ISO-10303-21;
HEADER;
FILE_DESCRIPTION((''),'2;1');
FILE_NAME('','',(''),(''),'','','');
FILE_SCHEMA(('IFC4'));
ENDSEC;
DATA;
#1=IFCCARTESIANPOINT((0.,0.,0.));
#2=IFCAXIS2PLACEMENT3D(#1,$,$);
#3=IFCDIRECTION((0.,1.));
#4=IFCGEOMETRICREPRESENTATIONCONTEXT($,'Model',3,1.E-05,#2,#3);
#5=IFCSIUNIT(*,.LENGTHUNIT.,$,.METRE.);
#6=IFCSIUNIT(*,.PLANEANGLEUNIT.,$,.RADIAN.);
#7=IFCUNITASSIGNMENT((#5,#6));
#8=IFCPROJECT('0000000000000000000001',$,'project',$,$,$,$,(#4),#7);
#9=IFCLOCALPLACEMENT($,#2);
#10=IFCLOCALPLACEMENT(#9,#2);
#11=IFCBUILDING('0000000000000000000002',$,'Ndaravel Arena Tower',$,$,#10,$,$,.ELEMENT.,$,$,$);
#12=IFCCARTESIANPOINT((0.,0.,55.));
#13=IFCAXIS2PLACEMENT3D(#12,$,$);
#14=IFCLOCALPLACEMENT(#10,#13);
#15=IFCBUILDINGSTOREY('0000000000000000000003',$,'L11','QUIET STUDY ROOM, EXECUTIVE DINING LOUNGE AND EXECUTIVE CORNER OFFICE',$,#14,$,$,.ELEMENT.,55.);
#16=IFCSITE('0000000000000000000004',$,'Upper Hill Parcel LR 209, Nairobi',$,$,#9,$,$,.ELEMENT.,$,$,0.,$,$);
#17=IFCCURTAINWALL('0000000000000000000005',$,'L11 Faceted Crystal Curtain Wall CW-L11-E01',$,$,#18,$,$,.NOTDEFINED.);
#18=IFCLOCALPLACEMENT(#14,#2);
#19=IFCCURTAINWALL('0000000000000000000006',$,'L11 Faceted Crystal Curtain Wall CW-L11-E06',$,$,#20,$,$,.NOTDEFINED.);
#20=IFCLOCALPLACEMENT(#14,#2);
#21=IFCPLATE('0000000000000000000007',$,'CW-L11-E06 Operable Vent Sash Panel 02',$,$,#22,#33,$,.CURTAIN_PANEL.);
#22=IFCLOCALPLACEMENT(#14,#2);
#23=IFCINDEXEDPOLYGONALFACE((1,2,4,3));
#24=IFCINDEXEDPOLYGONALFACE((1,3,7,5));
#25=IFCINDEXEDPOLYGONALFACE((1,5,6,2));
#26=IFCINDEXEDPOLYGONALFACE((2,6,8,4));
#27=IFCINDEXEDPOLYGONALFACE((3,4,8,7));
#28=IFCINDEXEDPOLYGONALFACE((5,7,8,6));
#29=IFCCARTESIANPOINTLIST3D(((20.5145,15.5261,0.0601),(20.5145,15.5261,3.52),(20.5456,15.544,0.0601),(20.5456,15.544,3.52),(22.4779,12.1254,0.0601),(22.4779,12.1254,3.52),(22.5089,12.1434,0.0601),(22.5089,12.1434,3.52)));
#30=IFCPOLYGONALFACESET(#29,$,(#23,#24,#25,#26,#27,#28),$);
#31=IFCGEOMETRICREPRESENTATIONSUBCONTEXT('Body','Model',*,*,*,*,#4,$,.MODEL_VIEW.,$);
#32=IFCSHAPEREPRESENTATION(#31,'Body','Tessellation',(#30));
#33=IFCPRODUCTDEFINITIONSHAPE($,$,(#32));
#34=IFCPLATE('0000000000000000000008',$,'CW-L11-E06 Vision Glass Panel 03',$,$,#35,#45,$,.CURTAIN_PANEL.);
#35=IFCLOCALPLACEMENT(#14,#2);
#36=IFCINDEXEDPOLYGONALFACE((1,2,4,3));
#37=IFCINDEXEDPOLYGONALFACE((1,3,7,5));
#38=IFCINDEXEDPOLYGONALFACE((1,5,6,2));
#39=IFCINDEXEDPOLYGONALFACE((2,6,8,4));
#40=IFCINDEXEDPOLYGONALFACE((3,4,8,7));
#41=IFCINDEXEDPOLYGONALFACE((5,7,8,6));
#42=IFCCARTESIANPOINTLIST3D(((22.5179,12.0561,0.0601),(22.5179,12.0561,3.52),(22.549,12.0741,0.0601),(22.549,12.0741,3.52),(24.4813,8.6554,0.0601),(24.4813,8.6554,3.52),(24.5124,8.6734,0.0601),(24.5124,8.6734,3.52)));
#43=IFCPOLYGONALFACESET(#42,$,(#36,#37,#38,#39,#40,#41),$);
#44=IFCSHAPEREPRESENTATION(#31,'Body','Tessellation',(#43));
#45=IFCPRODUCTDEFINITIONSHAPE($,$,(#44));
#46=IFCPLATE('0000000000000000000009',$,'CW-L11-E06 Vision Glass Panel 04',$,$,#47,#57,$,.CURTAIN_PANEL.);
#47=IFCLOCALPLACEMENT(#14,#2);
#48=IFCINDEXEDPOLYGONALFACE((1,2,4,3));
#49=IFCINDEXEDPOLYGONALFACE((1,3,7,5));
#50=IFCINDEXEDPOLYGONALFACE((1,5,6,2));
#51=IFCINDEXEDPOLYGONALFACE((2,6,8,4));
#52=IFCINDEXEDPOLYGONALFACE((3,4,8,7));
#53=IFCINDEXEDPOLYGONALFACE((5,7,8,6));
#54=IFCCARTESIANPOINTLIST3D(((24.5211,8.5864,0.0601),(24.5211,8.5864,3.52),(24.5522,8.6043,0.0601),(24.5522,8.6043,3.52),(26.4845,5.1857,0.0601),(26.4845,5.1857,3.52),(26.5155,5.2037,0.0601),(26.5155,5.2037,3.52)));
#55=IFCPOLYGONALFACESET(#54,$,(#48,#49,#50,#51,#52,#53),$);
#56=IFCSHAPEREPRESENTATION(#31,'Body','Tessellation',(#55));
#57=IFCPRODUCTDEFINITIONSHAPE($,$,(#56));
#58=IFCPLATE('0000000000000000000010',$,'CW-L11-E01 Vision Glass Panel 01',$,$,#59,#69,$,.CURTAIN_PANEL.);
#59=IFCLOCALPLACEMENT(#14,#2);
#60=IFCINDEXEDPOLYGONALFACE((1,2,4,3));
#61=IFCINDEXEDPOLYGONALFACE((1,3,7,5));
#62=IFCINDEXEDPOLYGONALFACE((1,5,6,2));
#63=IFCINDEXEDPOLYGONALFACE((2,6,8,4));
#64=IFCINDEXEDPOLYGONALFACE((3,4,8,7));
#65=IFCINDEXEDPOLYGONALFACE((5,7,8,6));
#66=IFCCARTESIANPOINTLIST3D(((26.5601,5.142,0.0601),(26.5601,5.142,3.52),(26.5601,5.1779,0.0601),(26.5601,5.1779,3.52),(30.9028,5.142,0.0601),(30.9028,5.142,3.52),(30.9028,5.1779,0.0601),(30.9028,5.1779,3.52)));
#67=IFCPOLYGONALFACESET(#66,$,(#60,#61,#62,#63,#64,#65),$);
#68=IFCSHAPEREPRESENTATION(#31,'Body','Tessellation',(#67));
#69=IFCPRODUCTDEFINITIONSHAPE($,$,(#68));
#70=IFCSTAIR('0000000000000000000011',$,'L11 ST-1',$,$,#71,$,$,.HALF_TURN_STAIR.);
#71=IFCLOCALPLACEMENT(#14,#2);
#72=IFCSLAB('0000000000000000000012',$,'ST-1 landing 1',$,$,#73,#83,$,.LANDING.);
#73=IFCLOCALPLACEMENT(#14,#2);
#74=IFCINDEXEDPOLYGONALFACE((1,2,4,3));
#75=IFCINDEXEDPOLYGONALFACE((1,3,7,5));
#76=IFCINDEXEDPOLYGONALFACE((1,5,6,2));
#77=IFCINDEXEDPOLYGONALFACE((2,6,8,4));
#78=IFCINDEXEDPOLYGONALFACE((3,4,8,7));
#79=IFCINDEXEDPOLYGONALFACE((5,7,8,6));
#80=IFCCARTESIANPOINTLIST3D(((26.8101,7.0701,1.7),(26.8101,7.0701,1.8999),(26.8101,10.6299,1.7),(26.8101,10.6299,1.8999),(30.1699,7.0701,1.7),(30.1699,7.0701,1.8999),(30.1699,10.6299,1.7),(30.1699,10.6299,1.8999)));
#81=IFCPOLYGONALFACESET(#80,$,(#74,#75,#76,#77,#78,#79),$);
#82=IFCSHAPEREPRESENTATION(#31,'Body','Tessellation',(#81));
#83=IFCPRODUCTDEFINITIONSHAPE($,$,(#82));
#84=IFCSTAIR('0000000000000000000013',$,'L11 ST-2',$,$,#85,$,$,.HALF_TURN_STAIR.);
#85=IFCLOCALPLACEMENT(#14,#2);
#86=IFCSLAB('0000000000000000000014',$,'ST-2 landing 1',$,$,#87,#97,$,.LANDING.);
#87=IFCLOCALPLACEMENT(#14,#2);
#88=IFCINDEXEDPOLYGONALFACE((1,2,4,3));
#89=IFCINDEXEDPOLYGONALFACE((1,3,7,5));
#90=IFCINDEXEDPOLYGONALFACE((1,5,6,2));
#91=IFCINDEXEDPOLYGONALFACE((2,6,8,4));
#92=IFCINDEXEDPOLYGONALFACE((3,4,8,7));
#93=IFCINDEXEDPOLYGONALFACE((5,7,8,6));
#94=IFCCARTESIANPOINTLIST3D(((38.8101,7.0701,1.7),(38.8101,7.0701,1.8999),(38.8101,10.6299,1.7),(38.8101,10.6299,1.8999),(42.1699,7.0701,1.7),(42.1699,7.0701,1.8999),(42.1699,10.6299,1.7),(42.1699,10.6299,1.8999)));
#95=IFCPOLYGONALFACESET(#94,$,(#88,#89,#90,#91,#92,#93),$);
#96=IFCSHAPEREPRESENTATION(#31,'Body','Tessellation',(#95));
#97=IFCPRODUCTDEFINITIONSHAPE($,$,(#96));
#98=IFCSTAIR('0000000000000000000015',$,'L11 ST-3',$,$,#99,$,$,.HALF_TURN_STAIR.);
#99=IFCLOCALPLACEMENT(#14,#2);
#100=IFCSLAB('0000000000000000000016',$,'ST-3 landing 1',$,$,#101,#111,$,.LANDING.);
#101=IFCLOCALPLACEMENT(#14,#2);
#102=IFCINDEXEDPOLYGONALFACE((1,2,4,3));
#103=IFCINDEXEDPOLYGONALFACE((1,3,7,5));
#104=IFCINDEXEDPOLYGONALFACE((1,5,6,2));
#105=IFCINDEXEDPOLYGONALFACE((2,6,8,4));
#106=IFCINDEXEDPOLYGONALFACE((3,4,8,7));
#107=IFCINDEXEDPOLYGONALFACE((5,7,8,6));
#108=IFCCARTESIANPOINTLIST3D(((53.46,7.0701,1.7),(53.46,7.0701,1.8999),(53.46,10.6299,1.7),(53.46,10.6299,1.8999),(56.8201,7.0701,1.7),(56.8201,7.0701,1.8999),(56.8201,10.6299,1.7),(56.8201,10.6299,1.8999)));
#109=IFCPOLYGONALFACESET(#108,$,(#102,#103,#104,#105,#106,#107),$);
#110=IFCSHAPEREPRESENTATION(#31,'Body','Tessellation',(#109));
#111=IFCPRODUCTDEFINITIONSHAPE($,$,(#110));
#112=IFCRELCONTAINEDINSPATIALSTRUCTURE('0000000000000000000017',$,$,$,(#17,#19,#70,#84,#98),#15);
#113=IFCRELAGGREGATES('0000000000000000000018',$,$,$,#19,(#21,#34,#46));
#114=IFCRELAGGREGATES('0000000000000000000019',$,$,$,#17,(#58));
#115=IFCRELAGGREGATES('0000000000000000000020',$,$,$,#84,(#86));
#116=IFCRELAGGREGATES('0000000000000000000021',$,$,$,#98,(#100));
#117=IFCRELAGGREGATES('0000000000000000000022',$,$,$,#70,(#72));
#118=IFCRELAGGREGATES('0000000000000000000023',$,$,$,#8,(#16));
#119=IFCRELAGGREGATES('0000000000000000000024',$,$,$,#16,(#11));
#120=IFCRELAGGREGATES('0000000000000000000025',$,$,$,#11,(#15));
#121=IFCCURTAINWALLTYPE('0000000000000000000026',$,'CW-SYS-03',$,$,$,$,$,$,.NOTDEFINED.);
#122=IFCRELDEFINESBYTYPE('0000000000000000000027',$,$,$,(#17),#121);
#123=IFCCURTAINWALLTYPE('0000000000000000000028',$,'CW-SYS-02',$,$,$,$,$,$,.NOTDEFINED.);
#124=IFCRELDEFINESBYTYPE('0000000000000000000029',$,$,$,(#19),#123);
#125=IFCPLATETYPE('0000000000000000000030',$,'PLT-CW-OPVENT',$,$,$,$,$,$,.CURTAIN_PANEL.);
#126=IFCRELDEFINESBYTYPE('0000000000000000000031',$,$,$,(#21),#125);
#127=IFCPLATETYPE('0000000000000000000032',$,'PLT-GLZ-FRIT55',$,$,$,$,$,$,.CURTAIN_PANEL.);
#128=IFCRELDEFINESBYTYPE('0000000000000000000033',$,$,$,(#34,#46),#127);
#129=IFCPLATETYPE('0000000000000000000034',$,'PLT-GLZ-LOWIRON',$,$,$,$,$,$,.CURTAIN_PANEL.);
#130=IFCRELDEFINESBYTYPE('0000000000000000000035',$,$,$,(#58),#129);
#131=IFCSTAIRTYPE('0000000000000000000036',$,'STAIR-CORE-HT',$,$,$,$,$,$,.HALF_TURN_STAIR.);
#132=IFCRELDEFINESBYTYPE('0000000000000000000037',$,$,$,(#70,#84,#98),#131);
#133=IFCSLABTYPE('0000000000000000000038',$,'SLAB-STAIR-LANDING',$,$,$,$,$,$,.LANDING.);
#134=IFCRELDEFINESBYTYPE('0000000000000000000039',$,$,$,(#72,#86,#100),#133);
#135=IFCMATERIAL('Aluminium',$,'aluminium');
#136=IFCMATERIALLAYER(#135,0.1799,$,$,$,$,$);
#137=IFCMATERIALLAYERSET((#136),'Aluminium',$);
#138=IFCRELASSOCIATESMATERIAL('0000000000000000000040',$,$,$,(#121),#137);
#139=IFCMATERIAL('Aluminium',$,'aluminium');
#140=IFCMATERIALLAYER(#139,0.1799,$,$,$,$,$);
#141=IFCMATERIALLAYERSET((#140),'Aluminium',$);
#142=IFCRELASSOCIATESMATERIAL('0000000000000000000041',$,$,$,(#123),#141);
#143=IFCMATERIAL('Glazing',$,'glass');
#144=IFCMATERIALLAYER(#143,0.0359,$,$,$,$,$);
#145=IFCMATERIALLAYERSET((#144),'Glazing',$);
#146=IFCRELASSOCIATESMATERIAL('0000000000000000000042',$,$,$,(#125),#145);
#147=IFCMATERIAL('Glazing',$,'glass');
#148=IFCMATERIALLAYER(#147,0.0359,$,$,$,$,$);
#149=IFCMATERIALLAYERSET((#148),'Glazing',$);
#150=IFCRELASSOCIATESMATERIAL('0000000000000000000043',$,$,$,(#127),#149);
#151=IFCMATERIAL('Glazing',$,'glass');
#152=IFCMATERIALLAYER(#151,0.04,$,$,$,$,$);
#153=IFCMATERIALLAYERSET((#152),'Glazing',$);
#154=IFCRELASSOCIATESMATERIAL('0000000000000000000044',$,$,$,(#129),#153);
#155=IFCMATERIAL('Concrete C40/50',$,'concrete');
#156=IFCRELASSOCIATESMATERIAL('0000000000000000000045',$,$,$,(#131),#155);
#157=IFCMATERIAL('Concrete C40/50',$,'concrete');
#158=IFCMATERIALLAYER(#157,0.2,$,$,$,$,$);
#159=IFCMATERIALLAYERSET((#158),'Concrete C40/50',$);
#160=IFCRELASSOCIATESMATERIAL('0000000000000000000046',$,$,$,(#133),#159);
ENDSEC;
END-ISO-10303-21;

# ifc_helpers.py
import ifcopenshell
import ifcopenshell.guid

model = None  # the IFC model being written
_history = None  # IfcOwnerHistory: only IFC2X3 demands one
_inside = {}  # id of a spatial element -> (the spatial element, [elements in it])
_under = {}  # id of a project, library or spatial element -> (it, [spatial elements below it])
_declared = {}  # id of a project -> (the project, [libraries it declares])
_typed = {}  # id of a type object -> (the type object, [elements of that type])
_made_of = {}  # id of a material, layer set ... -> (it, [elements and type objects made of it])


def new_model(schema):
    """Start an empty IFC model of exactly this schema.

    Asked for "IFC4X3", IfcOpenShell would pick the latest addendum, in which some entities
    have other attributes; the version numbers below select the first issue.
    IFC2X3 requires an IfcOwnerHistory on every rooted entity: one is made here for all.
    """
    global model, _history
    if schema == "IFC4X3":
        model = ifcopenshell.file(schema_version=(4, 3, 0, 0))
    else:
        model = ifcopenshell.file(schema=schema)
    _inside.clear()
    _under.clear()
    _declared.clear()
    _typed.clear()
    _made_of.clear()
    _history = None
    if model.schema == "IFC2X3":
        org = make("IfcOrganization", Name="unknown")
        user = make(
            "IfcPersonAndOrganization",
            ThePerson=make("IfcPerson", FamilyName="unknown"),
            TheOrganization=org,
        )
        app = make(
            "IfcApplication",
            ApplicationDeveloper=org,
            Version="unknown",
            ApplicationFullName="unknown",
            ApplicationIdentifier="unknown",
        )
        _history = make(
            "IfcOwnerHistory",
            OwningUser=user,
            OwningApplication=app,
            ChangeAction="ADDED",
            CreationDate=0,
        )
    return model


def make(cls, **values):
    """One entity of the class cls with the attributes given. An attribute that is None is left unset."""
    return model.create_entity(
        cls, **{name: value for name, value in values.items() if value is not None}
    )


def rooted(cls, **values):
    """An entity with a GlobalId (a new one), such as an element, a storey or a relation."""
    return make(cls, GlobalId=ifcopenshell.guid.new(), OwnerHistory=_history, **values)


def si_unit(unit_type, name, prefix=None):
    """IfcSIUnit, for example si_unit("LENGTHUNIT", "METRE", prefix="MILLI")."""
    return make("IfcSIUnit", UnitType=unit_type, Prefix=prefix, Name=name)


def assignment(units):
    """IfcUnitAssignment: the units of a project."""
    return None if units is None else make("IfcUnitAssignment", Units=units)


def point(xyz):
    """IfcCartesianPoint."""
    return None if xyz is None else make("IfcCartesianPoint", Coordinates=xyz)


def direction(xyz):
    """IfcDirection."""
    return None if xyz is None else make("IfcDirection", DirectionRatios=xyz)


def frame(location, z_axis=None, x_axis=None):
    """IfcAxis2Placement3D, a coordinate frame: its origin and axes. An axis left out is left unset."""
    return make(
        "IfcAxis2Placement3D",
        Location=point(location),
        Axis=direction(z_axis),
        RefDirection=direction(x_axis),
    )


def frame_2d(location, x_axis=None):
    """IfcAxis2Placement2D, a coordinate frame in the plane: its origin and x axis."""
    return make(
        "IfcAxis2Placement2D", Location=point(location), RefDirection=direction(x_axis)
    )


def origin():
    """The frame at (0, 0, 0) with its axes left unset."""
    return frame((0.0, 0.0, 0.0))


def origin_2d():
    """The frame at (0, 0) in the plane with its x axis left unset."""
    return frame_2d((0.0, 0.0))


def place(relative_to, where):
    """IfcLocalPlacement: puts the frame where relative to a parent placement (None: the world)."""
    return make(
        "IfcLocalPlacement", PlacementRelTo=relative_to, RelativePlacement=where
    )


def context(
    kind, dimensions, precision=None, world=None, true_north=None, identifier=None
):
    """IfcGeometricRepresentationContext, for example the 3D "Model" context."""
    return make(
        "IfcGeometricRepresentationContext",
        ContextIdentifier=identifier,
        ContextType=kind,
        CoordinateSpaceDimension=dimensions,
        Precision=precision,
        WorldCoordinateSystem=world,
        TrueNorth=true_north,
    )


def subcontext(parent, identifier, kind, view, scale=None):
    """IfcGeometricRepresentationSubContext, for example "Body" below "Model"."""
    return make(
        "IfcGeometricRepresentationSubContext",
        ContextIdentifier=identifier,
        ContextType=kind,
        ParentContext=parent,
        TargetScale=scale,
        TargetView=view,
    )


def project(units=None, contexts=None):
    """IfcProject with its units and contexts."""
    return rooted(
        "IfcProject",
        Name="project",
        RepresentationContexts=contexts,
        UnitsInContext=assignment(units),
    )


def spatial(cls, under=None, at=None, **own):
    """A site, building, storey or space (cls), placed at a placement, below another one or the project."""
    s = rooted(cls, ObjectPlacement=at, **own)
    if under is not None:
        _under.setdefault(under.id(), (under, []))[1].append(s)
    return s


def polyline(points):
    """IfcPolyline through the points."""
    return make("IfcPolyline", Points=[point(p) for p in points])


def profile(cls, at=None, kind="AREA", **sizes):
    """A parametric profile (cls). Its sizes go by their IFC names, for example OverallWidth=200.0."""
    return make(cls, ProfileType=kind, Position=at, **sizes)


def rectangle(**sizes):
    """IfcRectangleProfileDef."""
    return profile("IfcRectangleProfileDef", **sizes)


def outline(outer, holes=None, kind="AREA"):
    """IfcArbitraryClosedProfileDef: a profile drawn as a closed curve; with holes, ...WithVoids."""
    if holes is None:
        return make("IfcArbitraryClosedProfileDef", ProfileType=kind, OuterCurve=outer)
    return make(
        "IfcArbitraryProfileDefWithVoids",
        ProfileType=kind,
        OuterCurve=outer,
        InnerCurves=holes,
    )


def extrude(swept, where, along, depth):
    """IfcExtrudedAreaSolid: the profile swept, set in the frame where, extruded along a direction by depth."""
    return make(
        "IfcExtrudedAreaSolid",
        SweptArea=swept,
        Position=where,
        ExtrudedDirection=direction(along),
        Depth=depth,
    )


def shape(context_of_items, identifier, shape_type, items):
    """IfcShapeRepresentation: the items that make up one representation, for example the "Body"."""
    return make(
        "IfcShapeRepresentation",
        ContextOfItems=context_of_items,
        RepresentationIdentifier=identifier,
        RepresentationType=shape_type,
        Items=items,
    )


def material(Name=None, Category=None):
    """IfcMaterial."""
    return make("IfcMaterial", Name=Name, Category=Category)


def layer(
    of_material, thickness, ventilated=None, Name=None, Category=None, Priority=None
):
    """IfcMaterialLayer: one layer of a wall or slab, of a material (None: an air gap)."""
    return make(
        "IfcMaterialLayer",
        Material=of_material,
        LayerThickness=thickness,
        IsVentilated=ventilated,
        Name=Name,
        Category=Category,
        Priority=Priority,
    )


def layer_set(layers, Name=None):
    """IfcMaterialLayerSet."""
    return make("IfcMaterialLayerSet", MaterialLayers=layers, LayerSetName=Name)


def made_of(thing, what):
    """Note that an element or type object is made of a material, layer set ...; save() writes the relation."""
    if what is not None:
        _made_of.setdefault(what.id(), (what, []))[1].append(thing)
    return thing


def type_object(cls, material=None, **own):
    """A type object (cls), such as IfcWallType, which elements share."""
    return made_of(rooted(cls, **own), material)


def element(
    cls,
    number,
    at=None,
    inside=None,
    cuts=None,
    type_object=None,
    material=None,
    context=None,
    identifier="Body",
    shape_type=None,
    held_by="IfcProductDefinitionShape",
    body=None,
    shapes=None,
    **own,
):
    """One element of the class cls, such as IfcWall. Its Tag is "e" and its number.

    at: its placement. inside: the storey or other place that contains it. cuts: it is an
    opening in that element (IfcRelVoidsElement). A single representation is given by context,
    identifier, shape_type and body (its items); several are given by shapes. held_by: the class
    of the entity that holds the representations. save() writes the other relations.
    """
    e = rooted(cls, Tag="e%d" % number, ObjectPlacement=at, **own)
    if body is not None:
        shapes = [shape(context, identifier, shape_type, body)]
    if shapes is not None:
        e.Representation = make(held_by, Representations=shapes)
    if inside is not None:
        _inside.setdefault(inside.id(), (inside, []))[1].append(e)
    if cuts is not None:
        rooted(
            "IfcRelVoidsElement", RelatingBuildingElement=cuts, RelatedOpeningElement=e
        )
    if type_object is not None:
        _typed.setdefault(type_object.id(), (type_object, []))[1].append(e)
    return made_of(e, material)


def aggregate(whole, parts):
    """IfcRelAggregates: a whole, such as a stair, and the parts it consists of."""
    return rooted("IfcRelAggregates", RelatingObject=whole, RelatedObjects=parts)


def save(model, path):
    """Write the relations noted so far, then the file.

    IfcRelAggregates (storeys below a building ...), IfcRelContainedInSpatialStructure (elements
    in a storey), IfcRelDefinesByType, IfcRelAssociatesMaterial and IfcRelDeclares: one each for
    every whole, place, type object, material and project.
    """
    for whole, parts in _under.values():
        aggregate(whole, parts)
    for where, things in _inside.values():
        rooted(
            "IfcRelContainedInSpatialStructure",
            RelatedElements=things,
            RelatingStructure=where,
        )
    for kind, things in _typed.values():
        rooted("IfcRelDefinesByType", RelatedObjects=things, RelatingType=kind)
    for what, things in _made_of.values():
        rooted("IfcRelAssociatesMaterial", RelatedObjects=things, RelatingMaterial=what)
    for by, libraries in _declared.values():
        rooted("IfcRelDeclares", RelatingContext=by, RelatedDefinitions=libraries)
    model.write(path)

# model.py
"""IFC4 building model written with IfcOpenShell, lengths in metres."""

from ifc_helpers import new_model, si_unit, direction, frame, origin, origin_2d, place, context, subcontext, project, spatial, polyline, rectangle, outline, extrude, material, layer, layer_set, type_object, element, aggregate, save


model = new_model("IFC4")

# Units and contexts
model_context = context("Model", 3, precision=1e-05, world=origin(), true_north=direction((0.0, 1.0)))
body_context = subcontext(model_context, "Body", "Model", "MODEL_VIEW")
ifc_project = project(units=[si_unit("LENGTHUNIT", "METRE"), si_unit("PLANEANGLEUNIT", "RADIAN")], contexts=[model_context])

# Site, building, storey
site_placement = place(None, origin())
site = spatial("IfcSite", under=ifc_project, at=site_placement, Name="Upper Hill Parcel LR 209, Nairobi", CompositionType="ELEMENT", RefElevation=0.0)
building_placement = place(site_placement, origin())
building = spatial("IfcBuilding", under=site, at=building_placement, Name="Ndaravel Arena Tower", CompositionType="ELEMENT")
storey_placement = place(building_placement, frame((0.0, 0.0, 55.0)))
storey = spatial("IfcBuildingStorey", under=building, at=storey_placement, Name="L11", Description="QUIET STUDY ROOM, EXECUTIVE DINING LOUNGE AND EXECUTIVE CORNER OFFICE", CompositionType="ELEMENT", Elevation=55.0)

# Curtain wall
ifc_material_1 = material(Name="Aluminium", Category="aluminium")
ifc_layer_1 = layer(ifc_material_1, 0.1799)
ifc_layer_set_1 = layer_set([ifc_layer_1], Name="Aluminium")
curtain_wall_type_1 = type_object("IfcCurtainWallType", Name="CW-SYS-03", PredefinedType="NOTDEFINED", material=ifc_layer_set_1)
curtain_wall_1_placement = place(storey_placement, origin())
curtain_wall_1 = element("IfcCurtainWall", 1, at=curtain_wall_1_placement, inside=storey, type_object=curtain_wall_type_1, Name="L11 Faceted Crystal Curtain Wall CW-L11-E01", PredefinedType="NOTDEFINED")

# Curtain wall
ifc_material_2 = material(Name="Aluminium", Category="aluminium")
ifc_layer_2 = layer(ifc_material_2, 0.1799)
ifc_layer_set_2 = layer_set([ifc_layer_2], Name="Aluminium")
curtain_wall_type_2 = type_object("IfcCurtainWallType", Name="CW-SYS-02", PredefinedType="NOTDEFINED", material=ifc_layer_set_2)
curtain_wall_2_placement = place(storey_placement, origin())
curtain_wall_2 = element("IfcCurtainWall", 2, at=curtain_wall_2_placement, inside=storey, type_object=curtain_wall_type_2, Name="L11 Faceted Crystal Curtain Wall CW-L11-E06", PredefinedType="NOTDEFINED")

# Plates
ifc_material_3 = material(Name="Glazing", Category="glass")
ifc_layer_3 = layer(ifc_material_3, 0.0359)
ifc_layer_set_3 = layer_set([ifc_layer_3], Name="Glazing")
plate_type_1 = type_object("IfcPlateType", Name="PLT-CW-OPVENT", PredefinedType="CURTAIN_PANEL", material=ifc_layer_set_3)
plate_1_placement = place(storey_placement, frame((21.5117, 13.8347, 0.0601), z_axis=(0.0, 0.0, 1.0), x_axis=(0.5, -0.866025, 0.0)))
plate_1 = element("IfcPlate", 3, at=plate_1_placement, type_object=plate_type_1, Name="CW-L11-E06 Operable Vent Sash Panel 02", PredefinedType="CURTAIN_PANEL", context=body_context, shape_type="SweptSolid", body=[
    extrude(rectangle(XDim=3.9268, YDim=0.0359, at=origin_2d()), origin(), (0.0, 0.0, 1.0), 3.46),
])
ifc_material_4 = material(Name="Glazing", Category="glass")
ifc_layer_4 = layer(ifc_material_4, 0.0359)
ifc_layer_set_4 = layer_set([ifc_layer_4], Name="Glazing")
plate_type_2 = type_object("IfcPlateType", Name="PLT-GLZ-FRIT55", PredefinedType="CURTAIN_PANEL", material=ifc_layer_set_4)
plate_2_placement = place(storey_placement, frame((23.5151, 10.3647, 0.0601), z_axis=(0.0, 0.0, 1.0), x_axis=(0.5, -0.866025, 0.0)))
plate_2 = element("IfcPlate", 4, at=plate_2_placement, type_object=plate_type_2, Name="CW-L11-E06 Vision Glass Panel 03", PredefinedType="CURTAIN_PANEL", context=body_context, shape_type="SweptSolid", body=[
    extrude(rectangle(XDim=3.9268, YDim=0.0359, at=origin_2d()), origin(), (0.0, 0.0, 1.0), 3.46),
])
plate_3_placement = place(storey_placement, frame((25.5183, 6.895, 0.0601), z_axis=(0.0, 0.0, 1.0), x_axis=(0.5, -0.866025, 0.0)))
plate_3 = element("IfcPlate", 5, at=plate_3_placement, type_object=plate_type_2, Name="CW-L11-E06 Vision Glass Panel 04", PredefinedType="CURTAIN_PANEL", context=body_context, shape_type="SweptSolid", body=[
    extrude(rectangle(XDim=3.9268, YDim=0.0359, at=origin_2d()), origin(), (0.0, 0.0, 1.0), 3.46),
])
aggregate(curtain_wall_2, [plate_1, plate_2, plate_3])
ifc_material_5 = material(Name="Glazing", Category="glass")
ifc_layer_5 = layer(ifc_material_5, 0.04)
ifc_layer_set_5 = layer_set([ifc_layer_5], Name="Glazing")
plate_type_3 = type_object("IfcPlateType", Name="PLT-GLZ-LOWIRON", PredefinedType="CURTAIN_PANEL", material=ifc_layer_set_5)
plate_4_placement = place(storey_placement, frame((28.7314, 5.1599, 0.0601), z_axis=(0.0, 0.0, 1.0), x_axis=(1.0, 0.0, 0.0)))
plate_4 = element("IfcPlate", 6, at=plate_4_placement, type_object=plate_type_3, Name="CW-L11-E01 Vision Glass Panel 01", PredefinedType="CURTAIN_PANEL", context=body_context, shape_type="SweptSolid", body=[
    extrude(rectangle(XDim=4.3428, YDim=0.0359, at=origin_2d()), origin(), (0.0, 0.0, 1.0), 3.46),
])
aggregate(curtain_wall_1, [plate_4])

# Stairs, slabs
ifc_material_6 = material(Name="Concrete C40/50", Category="concrete")
stair_type = type_object("IfcStairType", Name="STAIR-CORE-HT", PredefinedType="HALF_TURN_STAIR", material=ifc_material_6)
stair_1_placement = place(storey_placement, origin())
stair_1 = element("IfcStair", 7, at=stair_1_placement, inside=storey, type_object=stair_type, Name="L11 ST-1", PredefinedType="HALF_TURN_STAIR")
ifc_material_7 = material(Name="Concrete C40/50", Category="concrete")
ifc_layer_6 = layer(ifc_material_7, 0.2)
ifc_layer_set_6 = layer_set([ifc_layer_6], Name="Concrete C40/50")
slab_type_1 = type_object("IfcSlabType", Name="SLAB-STAIR-LANDING", PredefinedType="LANDING", material=ifc_layer_set_6)
slab_1_placement = place(storey_placement, frame((0.0, 0.0, 1.7)))
slab_1 = element("IfcSlab", 8, at=slab_1_placement, type_object=slab_type_1, Name="ST-1 landing 1", PredefinedType="LANDING", context=body_context, shape_type="SweptSolid", body=[
    extrude(outline(polyline([(26.8101, 10.6299), (26.8101, 7.0701), (30.1699, 7.0701), (30.1699, 10.6299), (26.8101, 10.6299)])), origin(), (0.0, 0.0, 1.0), 0.2),
])
stair_2_placement = place(storey_placement, origin())
stair_2 = element("IfcStair", 9, at=stair_2_placement, inside=storey, type_object=stair_type, Name="L11 ST-2", PredefinedType="HALF_TURN_STAIR")
slab_2_placement = place(storey_placement, frame((0.0, 0.0, 1.7)))
slab_2 = element("IfcSlab", 10, at=slab_2_placement, type_object=slab_type_1, Name="ST-2 landing 1", PredefinedType="LANDING", context=body_context, shape_type="SweptSolid", body=[
    extrude(outline(polyline([(38.8101, 10.6299), (38.8101, 7.0701), (42.1699, 7.0701), (42.1699, 10.6299), (38.8101, 10.6299)])), origin(), (0.0, 0.0, 1.0), 0.2),
])
aggregate(stair_2, [slab_2])
stair_3_placement = place(storey_placement, origin())
stair_3 = element("IfcStair", 11, at=stair_3_placement, inside=storey, type_object=stair_type, Name="L11 ST-3", PredefinedType="HALF_TURN_STAIR")
slab_3_placement = place(storey_placement, frame((0.0, 0.0, 1.7)))
slab_3 = element("IfcSlab", 12, at=slab_3_placement, type_object=slab_type_1, Name="ST-3 landing 1", PredefinedType="LANDING", context=body_context, shape_type="SweptSolid", body=[
    extrude(outline(polyline([(53.46, 10.6299), (53.46, 7.0701), (56.8201, 7.0701), (56.8201, 10.6299), (53.46, 10.6299)])), origin(), (0.0, 0.0, 1.0), 0.2),
])
aggregate(stair_3, [slab_3])

aggregate(stair_1, [slab_1])

save(model, "model.ifc")
